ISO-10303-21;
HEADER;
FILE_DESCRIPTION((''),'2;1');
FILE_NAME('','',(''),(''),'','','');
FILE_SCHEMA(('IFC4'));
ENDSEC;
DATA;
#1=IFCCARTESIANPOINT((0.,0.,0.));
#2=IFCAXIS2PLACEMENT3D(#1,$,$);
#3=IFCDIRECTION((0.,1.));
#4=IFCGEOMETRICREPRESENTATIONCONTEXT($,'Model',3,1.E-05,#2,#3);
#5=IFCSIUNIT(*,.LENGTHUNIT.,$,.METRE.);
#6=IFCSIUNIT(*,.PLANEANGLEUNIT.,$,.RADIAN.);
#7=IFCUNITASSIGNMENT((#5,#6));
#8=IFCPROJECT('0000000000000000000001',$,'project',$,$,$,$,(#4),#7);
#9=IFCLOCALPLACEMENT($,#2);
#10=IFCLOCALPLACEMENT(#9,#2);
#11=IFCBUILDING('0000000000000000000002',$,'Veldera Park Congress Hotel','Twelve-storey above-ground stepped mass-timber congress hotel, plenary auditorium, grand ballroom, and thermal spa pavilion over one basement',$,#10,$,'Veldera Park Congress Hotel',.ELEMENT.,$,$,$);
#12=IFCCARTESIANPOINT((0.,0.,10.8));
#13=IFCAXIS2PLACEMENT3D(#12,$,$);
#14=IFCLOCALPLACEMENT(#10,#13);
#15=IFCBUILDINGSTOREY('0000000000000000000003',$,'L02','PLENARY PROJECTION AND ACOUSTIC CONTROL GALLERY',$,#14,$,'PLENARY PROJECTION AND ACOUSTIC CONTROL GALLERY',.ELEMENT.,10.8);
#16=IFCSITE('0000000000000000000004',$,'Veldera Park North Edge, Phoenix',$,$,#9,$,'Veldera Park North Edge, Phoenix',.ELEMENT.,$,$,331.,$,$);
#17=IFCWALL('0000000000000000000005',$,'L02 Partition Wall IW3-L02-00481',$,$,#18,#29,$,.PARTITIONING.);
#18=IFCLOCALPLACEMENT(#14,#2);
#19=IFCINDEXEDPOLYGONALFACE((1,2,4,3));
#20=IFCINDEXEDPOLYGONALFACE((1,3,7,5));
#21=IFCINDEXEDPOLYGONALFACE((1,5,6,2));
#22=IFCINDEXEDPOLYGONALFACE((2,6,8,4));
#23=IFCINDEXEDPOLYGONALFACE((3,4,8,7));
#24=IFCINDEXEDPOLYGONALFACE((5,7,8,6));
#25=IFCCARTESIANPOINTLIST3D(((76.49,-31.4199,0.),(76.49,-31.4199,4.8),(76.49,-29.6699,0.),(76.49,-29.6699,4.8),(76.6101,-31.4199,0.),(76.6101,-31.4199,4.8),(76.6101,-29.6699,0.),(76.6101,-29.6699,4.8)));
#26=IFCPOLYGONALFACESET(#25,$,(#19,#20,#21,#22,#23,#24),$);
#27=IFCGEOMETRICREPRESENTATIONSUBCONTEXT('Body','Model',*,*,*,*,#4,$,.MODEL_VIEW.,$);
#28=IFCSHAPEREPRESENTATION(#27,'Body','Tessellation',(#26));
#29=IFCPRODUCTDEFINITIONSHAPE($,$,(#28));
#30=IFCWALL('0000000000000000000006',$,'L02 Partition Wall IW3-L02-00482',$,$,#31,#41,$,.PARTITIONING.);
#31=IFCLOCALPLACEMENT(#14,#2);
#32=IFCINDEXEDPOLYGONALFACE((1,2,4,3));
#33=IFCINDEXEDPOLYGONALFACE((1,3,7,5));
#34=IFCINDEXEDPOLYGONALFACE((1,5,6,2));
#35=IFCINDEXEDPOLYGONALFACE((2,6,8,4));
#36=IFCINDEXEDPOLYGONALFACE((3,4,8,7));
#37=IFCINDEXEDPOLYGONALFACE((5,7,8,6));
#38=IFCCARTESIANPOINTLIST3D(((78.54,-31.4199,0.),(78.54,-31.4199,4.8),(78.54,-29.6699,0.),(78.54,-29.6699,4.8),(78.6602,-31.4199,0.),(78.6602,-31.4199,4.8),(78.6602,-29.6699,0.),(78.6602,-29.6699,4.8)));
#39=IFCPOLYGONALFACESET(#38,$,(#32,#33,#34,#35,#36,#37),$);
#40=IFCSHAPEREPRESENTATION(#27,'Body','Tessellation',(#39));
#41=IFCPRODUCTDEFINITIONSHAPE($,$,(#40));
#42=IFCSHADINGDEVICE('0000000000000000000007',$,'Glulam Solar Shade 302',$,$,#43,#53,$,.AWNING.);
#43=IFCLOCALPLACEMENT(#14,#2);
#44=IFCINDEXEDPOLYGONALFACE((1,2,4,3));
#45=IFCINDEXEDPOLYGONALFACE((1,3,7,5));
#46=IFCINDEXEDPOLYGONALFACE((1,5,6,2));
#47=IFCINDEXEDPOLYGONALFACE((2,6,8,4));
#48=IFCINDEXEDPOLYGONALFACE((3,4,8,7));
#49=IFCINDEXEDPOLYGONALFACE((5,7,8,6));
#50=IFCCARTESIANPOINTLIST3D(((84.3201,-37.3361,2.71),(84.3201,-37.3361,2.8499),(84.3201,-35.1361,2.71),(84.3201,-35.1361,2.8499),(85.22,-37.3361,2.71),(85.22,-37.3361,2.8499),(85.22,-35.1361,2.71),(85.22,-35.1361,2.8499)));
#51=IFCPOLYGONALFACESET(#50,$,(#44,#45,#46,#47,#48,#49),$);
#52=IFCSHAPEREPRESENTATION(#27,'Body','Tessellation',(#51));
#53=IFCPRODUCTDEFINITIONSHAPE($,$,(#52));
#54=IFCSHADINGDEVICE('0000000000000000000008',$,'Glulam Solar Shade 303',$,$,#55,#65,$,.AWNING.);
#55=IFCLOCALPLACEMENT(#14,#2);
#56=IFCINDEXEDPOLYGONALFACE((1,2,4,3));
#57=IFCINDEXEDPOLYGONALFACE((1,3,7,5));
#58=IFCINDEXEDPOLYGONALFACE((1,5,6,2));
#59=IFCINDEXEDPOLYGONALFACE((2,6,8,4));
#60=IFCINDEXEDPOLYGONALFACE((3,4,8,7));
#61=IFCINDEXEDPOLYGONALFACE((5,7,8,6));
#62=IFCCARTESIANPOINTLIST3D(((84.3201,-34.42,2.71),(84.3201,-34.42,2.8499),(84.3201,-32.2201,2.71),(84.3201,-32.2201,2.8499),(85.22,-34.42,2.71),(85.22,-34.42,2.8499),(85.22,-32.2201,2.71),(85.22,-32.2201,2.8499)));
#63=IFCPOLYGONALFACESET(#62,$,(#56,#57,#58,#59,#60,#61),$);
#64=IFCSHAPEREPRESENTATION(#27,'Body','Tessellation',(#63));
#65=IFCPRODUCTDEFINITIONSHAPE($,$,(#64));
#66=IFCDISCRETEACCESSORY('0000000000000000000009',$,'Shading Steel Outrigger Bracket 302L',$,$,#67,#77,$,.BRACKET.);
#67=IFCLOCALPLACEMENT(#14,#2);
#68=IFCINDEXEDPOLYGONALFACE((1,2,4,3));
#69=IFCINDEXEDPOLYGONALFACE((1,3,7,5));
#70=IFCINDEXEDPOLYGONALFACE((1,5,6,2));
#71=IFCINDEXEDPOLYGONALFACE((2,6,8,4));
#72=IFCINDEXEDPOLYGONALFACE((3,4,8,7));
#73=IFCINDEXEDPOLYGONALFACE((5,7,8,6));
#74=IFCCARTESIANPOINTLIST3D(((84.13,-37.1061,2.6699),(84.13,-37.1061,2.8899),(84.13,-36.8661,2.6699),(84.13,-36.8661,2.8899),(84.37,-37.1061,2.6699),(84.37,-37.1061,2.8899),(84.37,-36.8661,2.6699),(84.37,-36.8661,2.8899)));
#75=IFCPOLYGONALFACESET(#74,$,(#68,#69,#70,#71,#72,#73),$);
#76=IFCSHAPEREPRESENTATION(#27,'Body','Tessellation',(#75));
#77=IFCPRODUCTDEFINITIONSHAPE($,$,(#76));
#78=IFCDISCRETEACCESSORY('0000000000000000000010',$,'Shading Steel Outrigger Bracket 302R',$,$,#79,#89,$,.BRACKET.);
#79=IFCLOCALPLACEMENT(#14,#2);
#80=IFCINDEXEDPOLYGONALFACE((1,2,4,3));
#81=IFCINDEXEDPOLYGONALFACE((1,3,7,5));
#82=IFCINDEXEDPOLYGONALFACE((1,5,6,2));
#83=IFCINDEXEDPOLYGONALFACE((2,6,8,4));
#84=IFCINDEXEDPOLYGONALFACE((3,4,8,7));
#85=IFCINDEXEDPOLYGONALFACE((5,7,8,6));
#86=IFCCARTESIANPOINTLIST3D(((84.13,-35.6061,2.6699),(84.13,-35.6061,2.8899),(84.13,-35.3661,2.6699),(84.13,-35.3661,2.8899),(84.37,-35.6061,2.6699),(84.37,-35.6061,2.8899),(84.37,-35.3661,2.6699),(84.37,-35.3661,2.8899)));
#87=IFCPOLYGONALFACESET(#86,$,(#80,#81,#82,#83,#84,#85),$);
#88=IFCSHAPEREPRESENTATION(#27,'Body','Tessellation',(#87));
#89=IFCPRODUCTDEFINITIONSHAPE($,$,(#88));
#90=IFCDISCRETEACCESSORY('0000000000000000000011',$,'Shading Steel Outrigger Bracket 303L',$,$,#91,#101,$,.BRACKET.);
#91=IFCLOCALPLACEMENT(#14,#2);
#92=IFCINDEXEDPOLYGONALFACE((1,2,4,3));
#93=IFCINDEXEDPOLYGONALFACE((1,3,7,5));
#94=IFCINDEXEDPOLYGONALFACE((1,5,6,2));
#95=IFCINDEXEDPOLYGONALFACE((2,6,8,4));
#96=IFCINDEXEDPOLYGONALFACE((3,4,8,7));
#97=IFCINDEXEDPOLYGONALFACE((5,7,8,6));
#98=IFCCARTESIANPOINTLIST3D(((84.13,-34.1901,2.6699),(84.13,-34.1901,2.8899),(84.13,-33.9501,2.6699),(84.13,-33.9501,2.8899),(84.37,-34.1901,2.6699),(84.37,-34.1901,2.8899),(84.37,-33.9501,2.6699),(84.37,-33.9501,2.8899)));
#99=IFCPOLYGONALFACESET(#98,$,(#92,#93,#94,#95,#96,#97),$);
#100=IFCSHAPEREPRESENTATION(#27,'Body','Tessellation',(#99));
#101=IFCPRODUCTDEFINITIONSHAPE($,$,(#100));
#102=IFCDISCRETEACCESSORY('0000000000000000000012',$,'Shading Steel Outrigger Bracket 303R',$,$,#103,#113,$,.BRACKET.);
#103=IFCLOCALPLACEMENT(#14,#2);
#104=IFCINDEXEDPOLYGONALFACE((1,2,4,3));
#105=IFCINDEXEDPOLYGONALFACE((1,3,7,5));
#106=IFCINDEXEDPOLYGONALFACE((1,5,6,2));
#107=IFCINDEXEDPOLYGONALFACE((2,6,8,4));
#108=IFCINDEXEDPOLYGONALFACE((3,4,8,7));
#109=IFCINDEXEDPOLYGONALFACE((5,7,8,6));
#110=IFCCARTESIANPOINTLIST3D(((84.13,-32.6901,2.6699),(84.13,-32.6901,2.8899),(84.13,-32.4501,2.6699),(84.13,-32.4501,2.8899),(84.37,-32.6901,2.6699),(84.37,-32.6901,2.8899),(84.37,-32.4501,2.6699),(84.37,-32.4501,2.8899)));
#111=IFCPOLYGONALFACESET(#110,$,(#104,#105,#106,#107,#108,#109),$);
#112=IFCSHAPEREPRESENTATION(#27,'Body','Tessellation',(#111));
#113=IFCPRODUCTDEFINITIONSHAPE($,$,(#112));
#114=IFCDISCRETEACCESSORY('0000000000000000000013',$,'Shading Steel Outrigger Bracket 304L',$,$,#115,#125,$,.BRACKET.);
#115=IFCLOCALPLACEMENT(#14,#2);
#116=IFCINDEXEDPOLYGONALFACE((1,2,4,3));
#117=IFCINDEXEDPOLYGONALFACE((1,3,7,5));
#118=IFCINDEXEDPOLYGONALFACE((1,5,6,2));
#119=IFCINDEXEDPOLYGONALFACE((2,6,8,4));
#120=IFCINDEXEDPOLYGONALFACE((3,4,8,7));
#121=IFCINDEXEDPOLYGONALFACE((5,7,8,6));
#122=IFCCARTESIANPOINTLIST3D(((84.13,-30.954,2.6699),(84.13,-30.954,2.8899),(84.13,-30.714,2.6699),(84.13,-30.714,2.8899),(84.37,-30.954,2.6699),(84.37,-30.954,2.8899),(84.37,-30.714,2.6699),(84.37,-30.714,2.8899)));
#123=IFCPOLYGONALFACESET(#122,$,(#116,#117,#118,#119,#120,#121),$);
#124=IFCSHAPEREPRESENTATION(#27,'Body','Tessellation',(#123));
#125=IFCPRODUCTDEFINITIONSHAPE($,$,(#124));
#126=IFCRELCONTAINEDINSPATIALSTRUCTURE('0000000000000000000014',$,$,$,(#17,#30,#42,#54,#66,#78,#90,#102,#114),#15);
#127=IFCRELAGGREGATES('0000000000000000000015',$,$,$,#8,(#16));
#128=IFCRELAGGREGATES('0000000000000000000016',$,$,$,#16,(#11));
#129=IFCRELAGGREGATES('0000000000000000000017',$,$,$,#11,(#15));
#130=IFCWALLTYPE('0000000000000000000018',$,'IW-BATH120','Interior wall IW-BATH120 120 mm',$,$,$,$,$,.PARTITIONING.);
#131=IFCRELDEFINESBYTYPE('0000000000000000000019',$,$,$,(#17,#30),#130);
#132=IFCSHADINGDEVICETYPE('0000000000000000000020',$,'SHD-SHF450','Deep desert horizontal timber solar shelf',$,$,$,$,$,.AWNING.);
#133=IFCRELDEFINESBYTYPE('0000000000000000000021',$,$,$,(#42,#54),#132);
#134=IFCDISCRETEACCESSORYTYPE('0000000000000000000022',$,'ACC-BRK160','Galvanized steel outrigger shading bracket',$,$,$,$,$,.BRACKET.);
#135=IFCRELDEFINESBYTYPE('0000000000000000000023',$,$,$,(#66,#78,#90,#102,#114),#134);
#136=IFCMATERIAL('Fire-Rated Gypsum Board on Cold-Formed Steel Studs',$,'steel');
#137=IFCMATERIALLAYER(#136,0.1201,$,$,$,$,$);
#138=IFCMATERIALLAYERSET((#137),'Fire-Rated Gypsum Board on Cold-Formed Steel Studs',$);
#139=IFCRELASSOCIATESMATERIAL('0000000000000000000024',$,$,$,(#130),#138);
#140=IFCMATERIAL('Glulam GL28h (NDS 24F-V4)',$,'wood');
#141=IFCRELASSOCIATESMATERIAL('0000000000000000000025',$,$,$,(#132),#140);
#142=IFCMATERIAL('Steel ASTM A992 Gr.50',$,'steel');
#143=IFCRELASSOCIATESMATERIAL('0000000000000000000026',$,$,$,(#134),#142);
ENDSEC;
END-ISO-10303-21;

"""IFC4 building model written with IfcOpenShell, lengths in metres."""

from ifc_helpers import new_model, si_unit, direction, frame, frame_2d, origin, origin_2d, place, context, subcontext, project, spatial, rectangle, extrude, material, layer, layer_set, type_object, element, save


model = new_model("IFC4")

# Units and contexts
model_context = context("Model", 3, precision=1e-05, world=origin(), true_north=direction((0.0, 1.0)))
body_context = subcontext(model_context, "Body", "Model", "MODEL_VIEW")
ifc_project = project(units=[si_unit("LENGTHUNIT", "METRE"), si_unit("PLANEANGLEUNIT", "RADIAN")], contexts=[model_context])

# Site, building, storey
site_placement = place(None, origin())
site = spatial("IfcSite", under=ifc_project, at=site_placement, Name="Veldera Park North Edge, Phoenix", LongName="Veldera Park North Edge, Phoenix", CompositionType="ELEMENT", RefElevation=331.0)
building_placement = place(site_placement, origin())
building = spatial("IfcBuilding", under=site, at=building_placement, Name="Veldera Park Congress Hotel", Description="Twelve-storey above-ground stepped mass-timber congress hotel, plenary auditorium, grand ballroom, and thermal spa pavilion over one basement", LongName="Veldera Park Congress Hotel", CompositionType="ELEMENT")
storey_placement = place(building_placement, frame((0.0, 0.0, 10.8)))
storey = spatial("IfcBuildingStorey", under=building, at=storey_placement, Name="L02", Description="PLENARY PROJECTION AND ACOUSTIC CONTROL GALLERY", LongName="PLENARY PROJECTION AND ACOUSTIC CONTROL GALLERY", CompositionType="ELEMENT", Elevation=10.8)

# Shared definitions
ifc_material_1 = material(Name="Glulam GL28h (NDS 24F-V4)", Category="wood")
ifc_material_2 = material(Name="Steel ASTM A992 Gr.50", Category="steel")

# Shared definitions
ifc_material_3 = material(Name="Fire-Rated Gypsum Board on Cold-Formed Steel Studs", Category="steel")
ifc_layer_1 = layer(ifc_material_3, 0.1201)
ifc_layer_set_1 = layer_set([ifc_layer_1], Name="Fire-Rated Gypsum Board on Cold-Formed Steel Studs")
wall_type_1 = type_object("IfcWallType", Name="IW-BATH120", Description="Interior wall IW-BATH120 120 mm", PredefinedType="PARTITIONING", material=ifc_layer_set_1)

# Walls
for number, where, z_axis, x_axis, name in (
    (1, (76.55, -31.4199, 0.0), (0.0, 0.0, 1.0), (0.0, 1.0, 0.0), "L02 Partition Wall IW3-L02-00481"),
    (2, (78.6001, -31.4199, 0.0), (0.0, 0.0, 1.0), (0.0, 1.0, 0.0), "L02 Partition Wall IW3-L02-00482"),
):
    element("IfcWall", number, at=place(storey_placement, frame(where, z_axis=z_axis, x_axis=x_axis)), inside=storey, type_object=wall_type_1, Name=name, PredefinedType="PARTITIONING", context=body_context, shape_type="SweptSolid", body=[
        extrude(rectangle(XDim=1.75, YDim=0.1201, at=frame_2d((0.875, 0.0))), origin(), (0.0, 0.0, 1.0), 4.8),
    ])

# Shading devices
shading_device_type = type_object("IfcShadingDeviceType", Name="SHD-SHF450", Description="Deep desert horizontal timber solar shelf", PredefinedType="AWNING", material=ifc_material_1)
for number, where, z_axis, x_axis, name in (
    (3, (84.77, -36.2361, 2.71), (0.0, 0.0, 1.0), (0.0, 1.0, 0.0), "Glulam Solar Shade 302"),
    (4, (84.77, -33.3201, 2.71), (0.0, 0.0, 1.0), (0.0, 1.0, 0.0), "Glulam Solar Shade 303"),
):
    element("IfcShadingDevice", number, at=place(storey_placement, frame(where, z_axis=z_axis, x_axis=x_axis)), inside=storey, type_object=shading_device_type, Name=name, PredefinedType="AWNING", context=body_context, shape_type="SweptSolid", body=[
        extrude(rectangle(XDim=2.2, YDim=0.8999, at=origin_2d()), origin(), (0.0, 0.0, 1.0), 0.1399),
    ])

# Discrete accessories
discrete_accessory_type = type_object("IfcDiscreteAccessoryType", Name="ACC-BRK160", Description="Galvanized steel outrigger shading bracket", PredefinedType="BRACKET", material=ifc_material_2)
for number, where, z_axis, x_axis, name in (
    (5, (84.25, -36.9861, 2.6699), (0.0, 0.0, 1.0), (0.0, 1.0, 0.0), "Shading Steel Outrigger Bracket 302L"),
    (6, (84.25, -35.4861, 2.6699), (0.0, 0.0, 1.0), (0.0, 1.0, 0.0), "Shading Steel Outrigger Bracket 302R"),
    (7, (84.25, -34.0701, 2.6699), (0.0, 0.0, 1.0), (0.0, 1.0, 0.0), "Shading Steel Outrigger Bracket 303L"),
    (8, (84.25, -32.5701, 2.6699), (0.0, 0.0, 1.0), (0.0, 1.0, 0.0), "Shading Steel Outrigger Bracket 303R"),
    (9, (84.25, -30.834, 2.6699), (0.0, 0.0, 1.0), (0.0, 1.0, 0.0), "Shading Steel Outrigger Bracket 304L"),
):
    element("IfcDiscreteAccessory", number, at=place(storey_placement, frame(where, z_axis=z_axis, x_axis=x_axis)), inside=storey, type_object=discrete_accessory_type, Name=name, PredefinedType="BRACKET", context=body_context, shape_type="SweptSolid", body=[
        extrude(rectangle(XDim=0.24, YDim=0.24, at=origin_2d()), origin(), (0.0, 0.0, 1.0), 0.22),
    ])

save(model, "model.ifc")
